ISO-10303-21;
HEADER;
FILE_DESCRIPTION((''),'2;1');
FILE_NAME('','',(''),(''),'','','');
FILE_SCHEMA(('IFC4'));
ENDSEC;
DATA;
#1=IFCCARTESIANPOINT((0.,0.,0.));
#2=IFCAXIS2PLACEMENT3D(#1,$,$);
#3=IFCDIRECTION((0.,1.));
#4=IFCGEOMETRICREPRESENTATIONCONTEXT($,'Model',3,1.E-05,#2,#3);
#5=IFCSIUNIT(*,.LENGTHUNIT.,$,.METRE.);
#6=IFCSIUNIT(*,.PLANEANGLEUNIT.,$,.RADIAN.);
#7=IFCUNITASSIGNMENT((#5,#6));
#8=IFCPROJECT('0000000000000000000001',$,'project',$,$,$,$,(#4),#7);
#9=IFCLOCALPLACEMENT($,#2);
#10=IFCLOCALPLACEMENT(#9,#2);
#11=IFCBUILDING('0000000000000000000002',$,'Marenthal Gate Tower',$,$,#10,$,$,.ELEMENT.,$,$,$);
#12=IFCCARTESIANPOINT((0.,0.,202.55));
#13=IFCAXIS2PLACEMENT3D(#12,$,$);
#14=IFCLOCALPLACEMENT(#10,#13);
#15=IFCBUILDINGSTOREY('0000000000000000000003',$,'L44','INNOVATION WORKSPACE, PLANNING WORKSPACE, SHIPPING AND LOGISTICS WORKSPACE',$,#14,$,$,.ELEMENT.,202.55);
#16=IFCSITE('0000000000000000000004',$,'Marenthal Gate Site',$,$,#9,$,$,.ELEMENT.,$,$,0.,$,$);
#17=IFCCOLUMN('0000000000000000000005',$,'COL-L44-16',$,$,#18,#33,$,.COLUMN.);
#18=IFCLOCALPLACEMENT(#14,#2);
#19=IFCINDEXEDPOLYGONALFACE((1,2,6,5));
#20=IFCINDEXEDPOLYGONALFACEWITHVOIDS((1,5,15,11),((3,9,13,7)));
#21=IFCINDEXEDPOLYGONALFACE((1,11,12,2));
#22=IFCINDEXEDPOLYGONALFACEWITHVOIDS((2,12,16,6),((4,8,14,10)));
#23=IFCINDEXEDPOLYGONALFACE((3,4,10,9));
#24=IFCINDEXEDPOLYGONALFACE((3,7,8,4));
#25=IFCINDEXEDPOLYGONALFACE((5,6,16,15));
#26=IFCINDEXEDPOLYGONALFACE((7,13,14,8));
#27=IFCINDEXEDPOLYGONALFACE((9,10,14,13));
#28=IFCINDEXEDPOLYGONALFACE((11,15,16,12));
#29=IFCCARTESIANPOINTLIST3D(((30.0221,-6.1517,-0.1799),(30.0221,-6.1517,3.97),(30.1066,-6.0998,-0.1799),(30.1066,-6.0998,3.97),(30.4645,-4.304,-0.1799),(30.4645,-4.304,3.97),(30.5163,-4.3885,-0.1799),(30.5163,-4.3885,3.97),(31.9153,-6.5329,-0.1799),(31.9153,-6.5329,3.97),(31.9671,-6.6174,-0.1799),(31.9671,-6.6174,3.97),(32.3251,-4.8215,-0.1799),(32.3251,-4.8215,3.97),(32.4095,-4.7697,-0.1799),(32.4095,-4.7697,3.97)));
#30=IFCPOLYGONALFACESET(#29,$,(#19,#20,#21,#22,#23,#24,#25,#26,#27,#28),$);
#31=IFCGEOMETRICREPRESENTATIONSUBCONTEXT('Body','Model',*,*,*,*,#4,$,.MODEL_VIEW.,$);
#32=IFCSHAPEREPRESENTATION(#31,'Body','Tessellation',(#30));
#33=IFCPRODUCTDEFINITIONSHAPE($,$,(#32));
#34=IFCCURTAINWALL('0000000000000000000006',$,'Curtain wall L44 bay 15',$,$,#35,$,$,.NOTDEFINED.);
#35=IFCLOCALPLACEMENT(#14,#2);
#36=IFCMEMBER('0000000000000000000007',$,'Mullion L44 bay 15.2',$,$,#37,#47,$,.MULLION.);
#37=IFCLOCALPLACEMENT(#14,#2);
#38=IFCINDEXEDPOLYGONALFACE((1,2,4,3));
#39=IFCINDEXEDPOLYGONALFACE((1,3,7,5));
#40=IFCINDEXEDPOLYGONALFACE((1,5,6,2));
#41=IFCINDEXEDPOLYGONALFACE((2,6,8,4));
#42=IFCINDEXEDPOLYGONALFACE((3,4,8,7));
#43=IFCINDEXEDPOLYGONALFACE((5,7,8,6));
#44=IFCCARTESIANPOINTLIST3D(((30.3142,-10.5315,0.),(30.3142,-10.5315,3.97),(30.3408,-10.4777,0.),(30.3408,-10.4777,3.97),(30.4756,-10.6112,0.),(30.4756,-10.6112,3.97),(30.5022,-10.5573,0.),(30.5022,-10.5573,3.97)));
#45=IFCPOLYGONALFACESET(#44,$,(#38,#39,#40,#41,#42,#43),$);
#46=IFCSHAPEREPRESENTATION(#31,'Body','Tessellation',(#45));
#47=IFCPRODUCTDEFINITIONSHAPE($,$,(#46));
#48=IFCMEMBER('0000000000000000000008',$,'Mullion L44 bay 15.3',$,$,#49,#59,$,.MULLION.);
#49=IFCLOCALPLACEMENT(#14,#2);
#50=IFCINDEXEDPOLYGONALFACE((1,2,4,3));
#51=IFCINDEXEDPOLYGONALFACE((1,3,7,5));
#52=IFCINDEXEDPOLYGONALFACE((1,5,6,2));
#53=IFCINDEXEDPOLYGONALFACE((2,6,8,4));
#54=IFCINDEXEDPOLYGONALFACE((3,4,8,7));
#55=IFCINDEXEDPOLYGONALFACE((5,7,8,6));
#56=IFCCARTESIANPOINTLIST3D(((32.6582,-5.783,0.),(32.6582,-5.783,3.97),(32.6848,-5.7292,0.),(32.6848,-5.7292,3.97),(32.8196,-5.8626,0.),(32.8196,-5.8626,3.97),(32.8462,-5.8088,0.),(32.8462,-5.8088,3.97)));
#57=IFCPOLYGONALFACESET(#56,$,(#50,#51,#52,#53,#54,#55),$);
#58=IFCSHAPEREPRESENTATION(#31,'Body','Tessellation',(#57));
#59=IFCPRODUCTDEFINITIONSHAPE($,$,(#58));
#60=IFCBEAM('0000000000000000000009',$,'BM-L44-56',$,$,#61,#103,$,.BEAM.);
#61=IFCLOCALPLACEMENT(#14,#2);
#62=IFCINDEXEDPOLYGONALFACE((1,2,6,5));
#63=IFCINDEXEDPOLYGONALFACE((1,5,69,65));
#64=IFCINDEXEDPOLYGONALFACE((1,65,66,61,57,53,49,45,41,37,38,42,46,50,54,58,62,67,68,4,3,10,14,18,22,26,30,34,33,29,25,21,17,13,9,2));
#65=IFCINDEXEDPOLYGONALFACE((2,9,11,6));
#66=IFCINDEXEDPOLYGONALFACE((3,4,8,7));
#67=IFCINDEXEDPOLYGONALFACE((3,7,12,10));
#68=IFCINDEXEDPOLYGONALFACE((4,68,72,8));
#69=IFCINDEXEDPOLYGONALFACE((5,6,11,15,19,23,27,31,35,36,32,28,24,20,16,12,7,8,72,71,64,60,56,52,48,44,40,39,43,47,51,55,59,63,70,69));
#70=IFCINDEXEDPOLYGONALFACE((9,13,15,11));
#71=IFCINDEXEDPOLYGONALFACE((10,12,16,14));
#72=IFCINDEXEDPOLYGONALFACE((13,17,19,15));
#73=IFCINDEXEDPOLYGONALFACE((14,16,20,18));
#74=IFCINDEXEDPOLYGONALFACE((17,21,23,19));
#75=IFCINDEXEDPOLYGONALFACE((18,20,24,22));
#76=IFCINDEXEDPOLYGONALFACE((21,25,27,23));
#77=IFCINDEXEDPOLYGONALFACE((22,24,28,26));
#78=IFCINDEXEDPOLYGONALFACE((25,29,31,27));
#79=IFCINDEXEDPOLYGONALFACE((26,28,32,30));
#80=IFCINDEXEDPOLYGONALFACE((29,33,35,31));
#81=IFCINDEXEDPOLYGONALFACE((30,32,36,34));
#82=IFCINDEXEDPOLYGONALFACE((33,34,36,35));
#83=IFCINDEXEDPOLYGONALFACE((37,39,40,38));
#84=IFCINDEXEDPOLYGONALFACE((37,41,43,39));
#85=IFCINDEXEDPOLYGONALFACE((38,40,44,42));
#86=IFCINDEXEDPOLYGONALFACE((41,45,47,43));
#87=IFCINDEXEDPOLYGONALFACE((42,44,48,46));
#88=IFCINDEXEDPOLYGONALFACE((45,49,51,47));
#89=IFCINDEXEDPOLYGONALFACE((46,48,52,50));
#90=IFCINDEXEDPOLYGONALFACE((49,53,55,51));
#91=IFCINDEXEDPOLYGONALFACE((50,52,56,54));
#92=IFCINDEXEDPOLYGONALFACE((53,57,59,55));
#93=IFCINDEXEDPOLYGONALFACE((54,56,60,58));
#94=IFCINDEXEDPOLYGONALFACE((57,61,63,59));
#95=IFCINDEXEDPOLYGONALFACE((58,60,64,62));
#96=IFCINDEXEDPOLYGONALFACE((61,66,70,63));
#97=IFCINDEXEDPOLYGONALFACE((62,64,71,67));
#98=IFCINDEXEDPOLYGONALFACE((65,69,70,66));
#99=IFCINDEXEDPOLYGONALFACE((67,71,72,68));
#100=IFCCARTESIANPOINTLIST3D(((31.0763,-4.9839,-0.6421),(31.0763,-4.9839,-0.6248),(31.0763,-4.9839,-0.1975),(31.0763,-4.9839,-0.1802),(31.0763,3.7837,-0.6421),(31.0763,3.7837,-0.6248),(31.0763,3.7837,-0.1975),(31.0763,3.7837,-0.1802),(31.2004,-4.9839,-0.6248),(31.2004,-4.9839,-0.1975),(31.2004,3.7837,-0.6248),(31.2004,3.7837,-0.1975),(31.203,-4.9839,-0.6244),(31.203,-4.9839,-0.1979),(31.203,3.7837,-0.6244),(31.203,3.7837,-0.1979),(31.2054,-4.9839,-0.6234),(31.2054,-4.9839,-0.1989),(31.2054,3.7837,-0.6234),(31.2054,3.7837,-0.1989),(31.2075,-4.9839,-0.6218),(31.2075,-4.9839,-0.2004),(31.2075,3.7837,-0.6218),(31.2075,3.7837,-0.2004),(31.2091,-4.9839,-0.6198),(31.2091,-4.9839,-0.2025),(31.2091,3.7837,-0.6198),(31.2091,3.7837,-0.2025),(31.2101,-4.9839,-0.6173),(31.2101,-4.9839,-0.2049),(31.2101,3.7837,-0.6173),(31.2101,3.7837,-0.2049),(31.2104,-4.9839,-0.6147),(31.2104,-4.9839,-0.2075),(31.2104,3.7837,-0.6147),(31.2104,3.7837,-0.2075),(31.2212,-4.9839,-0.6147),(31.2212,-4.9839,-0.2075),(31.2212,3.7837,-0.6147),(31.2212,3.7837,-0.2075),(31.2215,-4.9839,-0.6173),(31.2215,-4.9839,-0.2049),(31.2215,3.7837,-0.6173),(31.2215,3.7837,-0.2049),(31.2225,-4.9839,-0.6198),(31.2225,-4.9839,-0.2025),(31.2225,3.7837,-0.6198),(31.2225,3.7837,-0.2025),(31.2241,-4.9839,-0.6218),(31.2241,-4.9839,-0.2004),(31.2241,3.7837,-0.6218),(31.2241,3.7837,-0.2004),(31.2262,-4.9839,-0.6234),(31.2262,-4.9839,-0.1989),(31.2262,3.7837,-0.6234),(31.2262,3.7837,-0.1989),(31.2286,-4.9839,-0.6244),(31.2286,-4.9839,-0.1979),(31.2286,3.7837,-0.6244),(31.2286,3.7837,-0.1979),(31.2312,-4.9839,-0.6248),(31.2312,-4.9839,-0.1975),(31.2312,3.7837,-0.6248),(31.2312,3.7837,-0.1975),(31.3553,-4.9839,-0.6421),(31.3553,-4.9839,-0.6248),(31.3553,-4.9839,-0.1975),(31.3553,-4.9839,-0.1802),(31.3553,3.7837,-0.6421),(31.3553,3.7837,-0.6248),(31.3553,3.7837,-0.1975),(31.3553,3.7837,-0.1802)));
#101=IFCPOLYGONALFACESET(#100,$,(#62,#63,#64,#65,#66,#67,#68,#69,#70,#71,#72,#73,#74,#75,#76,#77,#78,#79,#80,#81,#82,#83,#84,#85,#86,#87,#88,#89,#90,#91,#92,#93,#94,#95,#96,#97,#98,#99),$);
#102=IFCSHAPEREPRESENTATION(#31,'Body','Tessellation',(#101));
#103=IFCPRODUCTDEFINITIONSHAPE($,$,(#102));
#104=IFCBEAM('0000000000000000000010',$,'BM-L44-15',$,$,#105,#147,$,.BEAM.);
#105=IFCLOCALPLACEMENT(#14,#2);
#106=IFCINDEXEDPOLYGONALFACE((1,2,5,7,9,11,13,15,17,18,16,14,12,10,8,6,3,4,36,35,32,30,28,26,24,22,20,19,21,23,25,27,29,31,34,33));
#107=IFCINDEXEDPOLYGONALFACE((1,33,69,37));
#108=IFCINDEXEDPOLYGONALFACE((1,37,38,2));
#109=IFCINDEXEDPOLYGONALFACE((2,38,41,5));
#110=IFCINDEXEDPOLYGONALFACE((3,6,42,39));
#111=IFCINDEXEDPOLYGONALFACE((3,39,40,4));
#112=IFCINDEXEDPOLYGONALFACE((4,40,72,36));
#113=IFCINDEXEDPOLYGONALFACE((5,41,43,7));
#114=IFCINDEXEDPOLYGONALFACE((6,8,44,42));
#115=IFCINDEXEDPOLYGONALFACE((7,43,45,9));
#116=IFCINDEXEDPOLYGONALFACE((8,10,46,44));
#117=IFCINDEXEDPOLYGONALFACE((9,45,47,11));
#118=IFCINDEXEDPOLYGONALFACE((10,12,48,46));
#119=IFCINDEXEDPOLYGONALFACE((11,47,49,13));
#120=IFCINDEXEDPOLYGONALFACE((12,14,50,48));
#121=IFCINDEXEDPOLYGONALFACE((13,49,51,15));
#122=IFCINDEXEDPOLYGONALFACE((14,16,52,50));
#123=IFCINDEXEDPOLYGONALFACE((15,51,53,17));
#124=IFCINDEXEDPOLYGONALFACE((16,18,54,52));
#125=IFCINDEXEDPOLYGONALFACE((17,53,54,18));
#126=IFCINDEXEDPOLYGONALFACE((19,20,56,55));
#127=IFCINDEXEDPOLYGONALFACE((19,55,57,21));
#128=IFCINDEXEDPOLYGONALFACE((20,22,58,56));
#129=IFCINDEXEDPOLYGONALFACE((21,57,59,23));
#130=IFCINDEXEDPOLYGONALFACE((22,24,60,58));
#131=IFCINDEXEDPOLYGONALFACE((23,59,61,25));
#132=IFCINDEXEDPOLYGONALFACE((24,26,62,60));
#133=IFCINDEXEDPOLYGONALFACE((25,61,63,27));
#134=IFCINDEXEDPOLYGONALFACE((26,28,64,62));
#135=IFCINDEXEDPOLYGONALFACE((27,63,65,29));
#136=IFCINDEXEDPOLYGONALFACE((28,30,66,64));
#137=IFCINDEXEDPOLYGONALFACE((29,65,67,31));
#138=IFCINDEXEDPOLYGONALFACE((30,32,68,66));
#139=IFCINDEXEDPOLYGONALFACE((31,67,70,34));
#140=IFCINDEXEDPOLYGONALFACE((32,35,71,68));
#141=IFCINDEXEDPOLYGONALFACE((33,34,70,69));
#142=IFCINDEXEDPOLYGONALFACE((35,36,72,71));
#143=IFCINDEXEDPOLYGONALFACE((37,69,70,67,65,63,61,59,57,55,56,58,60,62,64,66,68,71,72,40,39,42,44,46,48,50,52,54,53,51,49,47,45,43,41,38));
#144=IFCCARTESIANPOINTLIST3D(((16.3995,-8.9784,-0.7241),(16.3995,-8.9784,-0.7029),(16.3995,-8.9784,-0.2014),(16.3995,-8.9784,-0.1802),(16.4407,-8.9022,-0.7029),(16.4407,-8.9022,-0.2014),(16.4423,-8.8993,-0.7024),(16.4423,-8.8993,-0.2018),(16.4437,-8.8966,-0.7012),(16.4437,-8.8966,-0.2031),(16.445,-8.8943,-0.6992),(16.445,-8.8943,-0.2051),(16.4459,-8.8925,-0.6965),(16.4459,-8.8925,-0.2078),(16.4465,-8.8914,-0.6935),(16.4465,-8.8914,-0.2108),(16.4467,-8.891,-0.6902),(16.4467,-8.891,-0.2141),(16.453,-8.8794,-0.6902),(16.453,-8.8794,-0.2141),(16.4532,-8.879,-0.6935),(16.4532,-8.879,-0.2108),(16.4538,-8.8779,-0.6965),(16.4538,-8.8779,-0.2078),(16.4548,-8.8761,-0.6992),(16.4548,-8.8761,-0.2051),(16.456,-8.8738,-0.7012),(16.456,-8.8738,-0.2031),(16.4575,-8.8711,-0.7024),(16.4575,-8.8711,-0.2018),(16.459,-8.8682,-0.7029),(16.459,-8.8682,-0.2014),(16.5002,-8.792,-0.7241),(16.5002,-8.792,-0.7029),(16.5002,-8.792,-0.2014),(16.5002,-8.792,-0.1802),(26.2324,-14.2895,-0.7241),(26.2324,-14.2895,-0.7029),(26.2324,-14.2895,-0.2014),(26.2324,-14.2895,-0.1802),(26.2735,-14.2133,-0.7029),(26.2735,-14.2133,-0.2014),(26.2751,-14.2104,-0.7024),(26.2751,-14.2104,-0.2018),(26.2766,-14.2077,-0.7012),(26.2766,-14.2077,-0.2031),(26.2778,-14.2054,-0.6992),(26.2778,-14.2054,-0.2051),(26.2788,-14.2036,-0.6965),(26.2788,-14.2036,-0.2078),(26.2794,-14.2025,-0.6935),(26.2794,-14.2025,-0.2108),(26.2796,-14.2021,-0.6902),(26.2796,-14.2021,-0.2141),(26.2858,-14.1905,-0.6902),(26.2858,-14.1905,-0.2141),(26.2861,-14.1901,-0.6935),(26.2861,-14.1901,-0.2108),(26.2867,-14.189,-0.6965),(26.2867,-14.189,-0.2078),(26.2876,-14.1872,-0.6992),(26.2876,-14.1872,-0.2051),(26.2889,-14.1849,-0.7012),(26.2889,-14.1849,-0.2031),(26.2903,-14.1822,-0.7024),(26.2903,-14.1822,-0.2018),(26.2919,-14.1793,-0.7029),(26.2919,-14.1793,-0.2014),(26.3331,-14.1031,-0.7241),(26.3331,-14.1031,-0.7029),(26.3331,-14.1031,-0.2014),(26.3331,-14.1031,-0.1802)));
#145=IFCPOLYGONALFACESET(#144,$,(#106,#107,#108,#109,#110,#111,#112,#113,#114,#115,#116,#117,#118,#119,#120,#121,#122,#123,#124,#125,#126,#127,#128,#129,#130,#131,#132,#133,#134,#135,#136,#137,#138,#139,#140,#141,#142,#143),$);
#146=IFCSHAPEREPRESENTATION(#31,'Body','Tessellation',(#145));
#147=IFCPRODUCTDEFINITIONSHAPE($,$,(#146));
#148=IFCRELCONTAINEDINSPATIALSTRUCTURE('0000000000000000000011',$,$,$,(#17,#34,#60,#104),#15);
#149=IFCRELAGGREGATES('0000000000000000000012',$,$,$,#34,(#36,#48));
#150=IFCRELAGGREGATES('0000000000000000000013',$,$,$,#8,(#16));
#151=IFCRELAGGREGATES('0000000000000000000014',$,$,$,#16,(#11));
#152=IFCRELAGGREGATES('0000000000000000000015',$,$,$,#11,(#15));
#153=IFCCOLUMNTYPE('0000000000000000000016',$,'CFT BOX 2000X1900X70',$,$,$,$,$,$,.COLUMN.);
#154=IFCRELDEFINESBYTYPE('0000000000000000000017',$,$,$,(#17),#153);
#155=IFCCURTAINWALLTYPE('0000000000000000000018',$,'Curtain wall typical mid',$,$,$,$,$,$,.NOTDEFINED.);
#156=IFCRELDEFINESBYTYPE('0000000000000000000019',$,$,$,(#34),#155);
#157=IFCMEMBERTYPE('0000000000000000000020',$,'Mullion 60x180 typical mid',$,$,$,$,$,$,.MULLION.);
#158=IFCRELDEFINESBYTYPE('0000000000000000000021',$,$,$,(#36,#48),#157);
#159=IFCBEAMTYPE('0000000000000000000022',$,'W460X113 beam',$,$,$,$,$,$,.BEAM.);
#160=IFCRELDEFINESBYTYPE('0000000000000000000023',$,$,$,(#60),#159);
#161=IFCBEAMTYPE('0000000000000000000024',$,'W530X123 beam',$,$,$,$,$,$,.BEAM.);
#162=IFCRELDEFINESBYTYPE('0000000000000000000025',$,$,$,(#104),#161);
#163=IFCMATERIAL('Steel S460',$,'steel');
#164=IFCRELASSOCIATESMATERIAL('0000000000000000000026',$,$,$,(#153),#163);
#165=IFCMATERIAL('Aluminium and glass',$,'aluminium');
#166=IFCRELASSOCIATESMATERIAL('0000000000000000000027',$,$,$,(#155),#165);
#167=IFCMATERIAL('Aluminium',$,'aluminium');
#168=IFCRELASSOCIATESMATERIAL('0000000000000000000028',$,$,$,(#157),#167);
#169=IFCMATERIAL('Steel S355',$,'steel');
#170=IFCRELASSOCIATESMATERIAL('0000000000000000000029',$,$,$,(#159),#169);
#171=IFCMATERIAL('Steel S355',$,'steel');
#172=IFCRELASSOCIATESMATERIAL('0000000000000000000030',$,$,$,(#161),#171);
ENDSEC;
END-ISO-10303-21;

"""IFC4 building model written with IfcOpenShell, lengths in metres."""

from ifc_helpers import new_model, si_unit, direction, frame, origin, origin_2d, place, context, subcontext, project, spatial, rectangle, hollow_rectangle, i_section, extrude, material, material_profile, profile_set, type_object, element, aggregate, save


model = new_model("IFC4")

# Units and contexts
model_context = context("Model", 3, precision=1e-05, world=origin(), true_north=direction((0.0, 1.0)))
body_context = subcontext(model_context, "Body", "Model", "MODEL_VIEW")
ifc_project = project(units=[si_unit("LENGTHUNIT", "METRE"), si_unit("PLANEANGLEUNIT", "RADIAN")], contexts=[model_context])

# Site, building, storey
site_placement = place(None, origin())
site = spatial("IfcSite", under=ifc_project, at=site_placement, Name="Marenthal Gate Site", CompositionType="ELEMENT", RefElevation=0.0)
building_placement = place(site_placement, origin())
building = spatial("IfcBuilding", under=site, at=building_placement, Name="Marenthal Gate Tower", CompositionType="ELEMENT")
storey_placement = place(building_placement, frame((0.0, 0.0, 202.55)))
storey = spatial("IfcBuildingStorey", under=building, at=storey_placement, Name="L44", Description="INNOVATION WORKSPACE, PLANNING WORKSPACE, SHIPPING AND LOGISTICS WORKSPACE", CompositionType="ELEMENT", Elevation=202.55)

# Column
ifc_material_1 = material(Name="Steel S460", Category="steel")
ifc_material_profile_1 = material_profile(ifc_material_1, hollow_rectangle(XDim=1.8999, YDim=2.0, WallThickness=0.0701, at=origin_2d()), Name="CFT BOX 2000X1900X70")
ifc_material_2 = material(Name="Concrete 70 MPa", Category="concrete")
ifc_material_profile_2 = material_profile(ifc_material_2, rectangle(XDim=1.76, YDim=1.8601, at=origin_2d()), Name="CFT BOX 2000X1900X70 INFILL")
ifc_profile_set_1 = profile_set([ifc_material_profile_1, ifc_material_profile_2], Name="Steel S460 shell, Concrete 70 MPa infill")
column_type = type_object("IfcColumnType", Name="CFT BOX 2000X1900X70", PredefinedType="COLUMN", material=ifc_profile_set_1)
column_placement = place(storey_placement, frame((31.2158, -5.4607, -0.1799), z_axis=(0.0, 0.0, 1.0), x_axis=(-0.232863, -0.972509, 0.0)))
element("IfcColumn", 1, at=column_placement, inside=storey, type_object=column_type, Name="COL-L44-16", PredefinedType="COLUMN", context=body_context, shape_type="SweptSolid", body=[
    extrude(hollow_rectangle(XDim=1.8999, YDim=2.0, WallThickness=0.0701, at=origin_2d()), origin(), (0.0, 0.0, 1.0), 4.1499),
])

# Curtain wall, members
ifc_material_3 = material(Name="Aluminium and glass", Category="aluminium")
curtain_wall_type = type_object("IfcCurtainWallType", Name="Curtain wall typical mid", PredefinedType="NOTDEFINED", material=ifc_material_3)
curtain_wall_placement = place(storey_placement, origin())
curtain_wall = element("IfcCurtainWall", 2, at=curtain_wall_placement, inside=storey, type_object=curtain_wall_type, Name="Curtain wall L44 bay 15", PredefinedType="NOTDEFINED")
ifc_material_4 = material(Name="Aluminium", Category="aluminium")
ifc_material_profile_3 = material_profile(ifc_material_4, rectangle(XDim=0.1799, YDim=0.0601, at=origin_2d()), Name="60x180 aluminium mullion")
ifc_profile_set_2 = profile_set([ifc_material_profile_3], Name="Aluminium")
member_type = type_object("IfcMemberType", Name="Mullion 60x180 typical mid", PredefinedType="MULLION", material=ifc_profile_set_2)
member_1_placement = place(storey_placement, frame((30.4082, -10.5444, 0.0), z_axis=(0.0, 0.0, 1.0), x_axis=(-0.896716, 0.442607, 0.0)))
member_1 = element("IfcMember", 3, at=member_1_placement, type_object=member_type, Name="Mullion L44 bay 15.2", PredefinedType="MULLION", context=body_context, shape_type="SweptSolid", body=[
    extrude(rectangle(XDim=0.1799, YDim=0.0601, at=origin_2d()), origin(), (0.0, 0.0, 1.0), 3.97),
])
member_2_placement = place(storey_placement, frame((32.7522, -5.7959, 0.0), z_axis=(0.0, 0.0, 1.0), x_axis=(-0.896716, 0.442607, 0.0)))
member_2 = element("IfcMember", 4, at=member_2_placement, type_object=member_type, Name="Mullion L44 bay 15.3", PredefinedType="MULLION", context=body_context, shape_type="SweptSolid", body=[
    extrude(rectangle(XDim=0.1799, YDim=0.0601, at=origin_2d()), origin(), (0.0, 0.0, 1.0), 3.97),
])

# Beams
ifc_material_5 = material(Name="Steel S355", Category="steel")
ifc_material_profile_4 = material_profile(ifc_material_5, i_section(OverallWidth=0.2791, OverallDepth=0.4619, WebThickness=0.0107, FlangeThickness=0.0173, FilletRadius=0.01, at=origin_2d()), Name="W460X113")
ifc_profile_set_3 = profile_set([ifc_material_profile_4], Name="Steel S355")
beam_type_1 = type_object("IfcBeamType", Name="W460X113 beam", PredefinedType="BEAM", material=ifc_profile_set_3)
beam_1_placement = place(storey_placement, frame((31.2158, -4.9839, -0.4111), z_axis=(0.0, 1.0, 0.0), x_axis=(-1.0, 0.0, 0.0)))
element("IfcBeam", 5, at=beam_1_placement, inside=storey, type_object=beam_type_1, Name="BM-L44-56", PredefinedType="BEAM", context=body_context, shape_type="SweptSolid", body=[
    extrude(i_section(OverallWidth=0.2791, OverallDepth=0.4619, WebThickness=0.0107, FlangeThickness=0.0173, FilletRadius=0.01, at=origin_2d()), origin(), (0.0, 0.0, 1.0), 8.7676),
])
ifc_material_6 = material(Name="Steel S355", Category="steel")
ifc_material_profile_5 = material_profile(ifc_material_6, i_section(OverallWidth=0.2119, OverallDepth=0.5439, WebThickness=0.0132, FlangeThickness=0.0212, FilletRadius=0.0127, at=origin_2d()), Name="W530X123")
ifc_profile_set_4 = profile_set([ifc_material_profile_5], Name="Steel S355")
beam_type_2 = type_object("IfcBeamType", Name="W530X123 beam", PredefinedType="BEAM", material=ifc_profile_set_4)
beam_2_placement = place(storey_placement, frame((26.2827, -14.1963, -0.4521), z_axis=(-0.879855, 0.475242, 0.0), x_axis=(-0.475242, -0.879855, 0.0)))
element("IfcBeam", 6, at=beam_2_placement, inside=storey, type_object=beam_type_2, Name="BM-L44-15", PredefinedType="BEAM", context=body_context, shape_type="SweptSolid", body=[
    extrude(i_section(OverallWidth=0.2119, OverallDepth=0.5439, WebThickness=0.0132, FlangeThickness=0.0212, FilletRadius=0.0127, at=origin_2d()), origin(), (0.0, 0.0, 1.0), 11.1755),
])

aggregate(curtain_wall, [member_1, member_2])

save(model, "model.ifc")
